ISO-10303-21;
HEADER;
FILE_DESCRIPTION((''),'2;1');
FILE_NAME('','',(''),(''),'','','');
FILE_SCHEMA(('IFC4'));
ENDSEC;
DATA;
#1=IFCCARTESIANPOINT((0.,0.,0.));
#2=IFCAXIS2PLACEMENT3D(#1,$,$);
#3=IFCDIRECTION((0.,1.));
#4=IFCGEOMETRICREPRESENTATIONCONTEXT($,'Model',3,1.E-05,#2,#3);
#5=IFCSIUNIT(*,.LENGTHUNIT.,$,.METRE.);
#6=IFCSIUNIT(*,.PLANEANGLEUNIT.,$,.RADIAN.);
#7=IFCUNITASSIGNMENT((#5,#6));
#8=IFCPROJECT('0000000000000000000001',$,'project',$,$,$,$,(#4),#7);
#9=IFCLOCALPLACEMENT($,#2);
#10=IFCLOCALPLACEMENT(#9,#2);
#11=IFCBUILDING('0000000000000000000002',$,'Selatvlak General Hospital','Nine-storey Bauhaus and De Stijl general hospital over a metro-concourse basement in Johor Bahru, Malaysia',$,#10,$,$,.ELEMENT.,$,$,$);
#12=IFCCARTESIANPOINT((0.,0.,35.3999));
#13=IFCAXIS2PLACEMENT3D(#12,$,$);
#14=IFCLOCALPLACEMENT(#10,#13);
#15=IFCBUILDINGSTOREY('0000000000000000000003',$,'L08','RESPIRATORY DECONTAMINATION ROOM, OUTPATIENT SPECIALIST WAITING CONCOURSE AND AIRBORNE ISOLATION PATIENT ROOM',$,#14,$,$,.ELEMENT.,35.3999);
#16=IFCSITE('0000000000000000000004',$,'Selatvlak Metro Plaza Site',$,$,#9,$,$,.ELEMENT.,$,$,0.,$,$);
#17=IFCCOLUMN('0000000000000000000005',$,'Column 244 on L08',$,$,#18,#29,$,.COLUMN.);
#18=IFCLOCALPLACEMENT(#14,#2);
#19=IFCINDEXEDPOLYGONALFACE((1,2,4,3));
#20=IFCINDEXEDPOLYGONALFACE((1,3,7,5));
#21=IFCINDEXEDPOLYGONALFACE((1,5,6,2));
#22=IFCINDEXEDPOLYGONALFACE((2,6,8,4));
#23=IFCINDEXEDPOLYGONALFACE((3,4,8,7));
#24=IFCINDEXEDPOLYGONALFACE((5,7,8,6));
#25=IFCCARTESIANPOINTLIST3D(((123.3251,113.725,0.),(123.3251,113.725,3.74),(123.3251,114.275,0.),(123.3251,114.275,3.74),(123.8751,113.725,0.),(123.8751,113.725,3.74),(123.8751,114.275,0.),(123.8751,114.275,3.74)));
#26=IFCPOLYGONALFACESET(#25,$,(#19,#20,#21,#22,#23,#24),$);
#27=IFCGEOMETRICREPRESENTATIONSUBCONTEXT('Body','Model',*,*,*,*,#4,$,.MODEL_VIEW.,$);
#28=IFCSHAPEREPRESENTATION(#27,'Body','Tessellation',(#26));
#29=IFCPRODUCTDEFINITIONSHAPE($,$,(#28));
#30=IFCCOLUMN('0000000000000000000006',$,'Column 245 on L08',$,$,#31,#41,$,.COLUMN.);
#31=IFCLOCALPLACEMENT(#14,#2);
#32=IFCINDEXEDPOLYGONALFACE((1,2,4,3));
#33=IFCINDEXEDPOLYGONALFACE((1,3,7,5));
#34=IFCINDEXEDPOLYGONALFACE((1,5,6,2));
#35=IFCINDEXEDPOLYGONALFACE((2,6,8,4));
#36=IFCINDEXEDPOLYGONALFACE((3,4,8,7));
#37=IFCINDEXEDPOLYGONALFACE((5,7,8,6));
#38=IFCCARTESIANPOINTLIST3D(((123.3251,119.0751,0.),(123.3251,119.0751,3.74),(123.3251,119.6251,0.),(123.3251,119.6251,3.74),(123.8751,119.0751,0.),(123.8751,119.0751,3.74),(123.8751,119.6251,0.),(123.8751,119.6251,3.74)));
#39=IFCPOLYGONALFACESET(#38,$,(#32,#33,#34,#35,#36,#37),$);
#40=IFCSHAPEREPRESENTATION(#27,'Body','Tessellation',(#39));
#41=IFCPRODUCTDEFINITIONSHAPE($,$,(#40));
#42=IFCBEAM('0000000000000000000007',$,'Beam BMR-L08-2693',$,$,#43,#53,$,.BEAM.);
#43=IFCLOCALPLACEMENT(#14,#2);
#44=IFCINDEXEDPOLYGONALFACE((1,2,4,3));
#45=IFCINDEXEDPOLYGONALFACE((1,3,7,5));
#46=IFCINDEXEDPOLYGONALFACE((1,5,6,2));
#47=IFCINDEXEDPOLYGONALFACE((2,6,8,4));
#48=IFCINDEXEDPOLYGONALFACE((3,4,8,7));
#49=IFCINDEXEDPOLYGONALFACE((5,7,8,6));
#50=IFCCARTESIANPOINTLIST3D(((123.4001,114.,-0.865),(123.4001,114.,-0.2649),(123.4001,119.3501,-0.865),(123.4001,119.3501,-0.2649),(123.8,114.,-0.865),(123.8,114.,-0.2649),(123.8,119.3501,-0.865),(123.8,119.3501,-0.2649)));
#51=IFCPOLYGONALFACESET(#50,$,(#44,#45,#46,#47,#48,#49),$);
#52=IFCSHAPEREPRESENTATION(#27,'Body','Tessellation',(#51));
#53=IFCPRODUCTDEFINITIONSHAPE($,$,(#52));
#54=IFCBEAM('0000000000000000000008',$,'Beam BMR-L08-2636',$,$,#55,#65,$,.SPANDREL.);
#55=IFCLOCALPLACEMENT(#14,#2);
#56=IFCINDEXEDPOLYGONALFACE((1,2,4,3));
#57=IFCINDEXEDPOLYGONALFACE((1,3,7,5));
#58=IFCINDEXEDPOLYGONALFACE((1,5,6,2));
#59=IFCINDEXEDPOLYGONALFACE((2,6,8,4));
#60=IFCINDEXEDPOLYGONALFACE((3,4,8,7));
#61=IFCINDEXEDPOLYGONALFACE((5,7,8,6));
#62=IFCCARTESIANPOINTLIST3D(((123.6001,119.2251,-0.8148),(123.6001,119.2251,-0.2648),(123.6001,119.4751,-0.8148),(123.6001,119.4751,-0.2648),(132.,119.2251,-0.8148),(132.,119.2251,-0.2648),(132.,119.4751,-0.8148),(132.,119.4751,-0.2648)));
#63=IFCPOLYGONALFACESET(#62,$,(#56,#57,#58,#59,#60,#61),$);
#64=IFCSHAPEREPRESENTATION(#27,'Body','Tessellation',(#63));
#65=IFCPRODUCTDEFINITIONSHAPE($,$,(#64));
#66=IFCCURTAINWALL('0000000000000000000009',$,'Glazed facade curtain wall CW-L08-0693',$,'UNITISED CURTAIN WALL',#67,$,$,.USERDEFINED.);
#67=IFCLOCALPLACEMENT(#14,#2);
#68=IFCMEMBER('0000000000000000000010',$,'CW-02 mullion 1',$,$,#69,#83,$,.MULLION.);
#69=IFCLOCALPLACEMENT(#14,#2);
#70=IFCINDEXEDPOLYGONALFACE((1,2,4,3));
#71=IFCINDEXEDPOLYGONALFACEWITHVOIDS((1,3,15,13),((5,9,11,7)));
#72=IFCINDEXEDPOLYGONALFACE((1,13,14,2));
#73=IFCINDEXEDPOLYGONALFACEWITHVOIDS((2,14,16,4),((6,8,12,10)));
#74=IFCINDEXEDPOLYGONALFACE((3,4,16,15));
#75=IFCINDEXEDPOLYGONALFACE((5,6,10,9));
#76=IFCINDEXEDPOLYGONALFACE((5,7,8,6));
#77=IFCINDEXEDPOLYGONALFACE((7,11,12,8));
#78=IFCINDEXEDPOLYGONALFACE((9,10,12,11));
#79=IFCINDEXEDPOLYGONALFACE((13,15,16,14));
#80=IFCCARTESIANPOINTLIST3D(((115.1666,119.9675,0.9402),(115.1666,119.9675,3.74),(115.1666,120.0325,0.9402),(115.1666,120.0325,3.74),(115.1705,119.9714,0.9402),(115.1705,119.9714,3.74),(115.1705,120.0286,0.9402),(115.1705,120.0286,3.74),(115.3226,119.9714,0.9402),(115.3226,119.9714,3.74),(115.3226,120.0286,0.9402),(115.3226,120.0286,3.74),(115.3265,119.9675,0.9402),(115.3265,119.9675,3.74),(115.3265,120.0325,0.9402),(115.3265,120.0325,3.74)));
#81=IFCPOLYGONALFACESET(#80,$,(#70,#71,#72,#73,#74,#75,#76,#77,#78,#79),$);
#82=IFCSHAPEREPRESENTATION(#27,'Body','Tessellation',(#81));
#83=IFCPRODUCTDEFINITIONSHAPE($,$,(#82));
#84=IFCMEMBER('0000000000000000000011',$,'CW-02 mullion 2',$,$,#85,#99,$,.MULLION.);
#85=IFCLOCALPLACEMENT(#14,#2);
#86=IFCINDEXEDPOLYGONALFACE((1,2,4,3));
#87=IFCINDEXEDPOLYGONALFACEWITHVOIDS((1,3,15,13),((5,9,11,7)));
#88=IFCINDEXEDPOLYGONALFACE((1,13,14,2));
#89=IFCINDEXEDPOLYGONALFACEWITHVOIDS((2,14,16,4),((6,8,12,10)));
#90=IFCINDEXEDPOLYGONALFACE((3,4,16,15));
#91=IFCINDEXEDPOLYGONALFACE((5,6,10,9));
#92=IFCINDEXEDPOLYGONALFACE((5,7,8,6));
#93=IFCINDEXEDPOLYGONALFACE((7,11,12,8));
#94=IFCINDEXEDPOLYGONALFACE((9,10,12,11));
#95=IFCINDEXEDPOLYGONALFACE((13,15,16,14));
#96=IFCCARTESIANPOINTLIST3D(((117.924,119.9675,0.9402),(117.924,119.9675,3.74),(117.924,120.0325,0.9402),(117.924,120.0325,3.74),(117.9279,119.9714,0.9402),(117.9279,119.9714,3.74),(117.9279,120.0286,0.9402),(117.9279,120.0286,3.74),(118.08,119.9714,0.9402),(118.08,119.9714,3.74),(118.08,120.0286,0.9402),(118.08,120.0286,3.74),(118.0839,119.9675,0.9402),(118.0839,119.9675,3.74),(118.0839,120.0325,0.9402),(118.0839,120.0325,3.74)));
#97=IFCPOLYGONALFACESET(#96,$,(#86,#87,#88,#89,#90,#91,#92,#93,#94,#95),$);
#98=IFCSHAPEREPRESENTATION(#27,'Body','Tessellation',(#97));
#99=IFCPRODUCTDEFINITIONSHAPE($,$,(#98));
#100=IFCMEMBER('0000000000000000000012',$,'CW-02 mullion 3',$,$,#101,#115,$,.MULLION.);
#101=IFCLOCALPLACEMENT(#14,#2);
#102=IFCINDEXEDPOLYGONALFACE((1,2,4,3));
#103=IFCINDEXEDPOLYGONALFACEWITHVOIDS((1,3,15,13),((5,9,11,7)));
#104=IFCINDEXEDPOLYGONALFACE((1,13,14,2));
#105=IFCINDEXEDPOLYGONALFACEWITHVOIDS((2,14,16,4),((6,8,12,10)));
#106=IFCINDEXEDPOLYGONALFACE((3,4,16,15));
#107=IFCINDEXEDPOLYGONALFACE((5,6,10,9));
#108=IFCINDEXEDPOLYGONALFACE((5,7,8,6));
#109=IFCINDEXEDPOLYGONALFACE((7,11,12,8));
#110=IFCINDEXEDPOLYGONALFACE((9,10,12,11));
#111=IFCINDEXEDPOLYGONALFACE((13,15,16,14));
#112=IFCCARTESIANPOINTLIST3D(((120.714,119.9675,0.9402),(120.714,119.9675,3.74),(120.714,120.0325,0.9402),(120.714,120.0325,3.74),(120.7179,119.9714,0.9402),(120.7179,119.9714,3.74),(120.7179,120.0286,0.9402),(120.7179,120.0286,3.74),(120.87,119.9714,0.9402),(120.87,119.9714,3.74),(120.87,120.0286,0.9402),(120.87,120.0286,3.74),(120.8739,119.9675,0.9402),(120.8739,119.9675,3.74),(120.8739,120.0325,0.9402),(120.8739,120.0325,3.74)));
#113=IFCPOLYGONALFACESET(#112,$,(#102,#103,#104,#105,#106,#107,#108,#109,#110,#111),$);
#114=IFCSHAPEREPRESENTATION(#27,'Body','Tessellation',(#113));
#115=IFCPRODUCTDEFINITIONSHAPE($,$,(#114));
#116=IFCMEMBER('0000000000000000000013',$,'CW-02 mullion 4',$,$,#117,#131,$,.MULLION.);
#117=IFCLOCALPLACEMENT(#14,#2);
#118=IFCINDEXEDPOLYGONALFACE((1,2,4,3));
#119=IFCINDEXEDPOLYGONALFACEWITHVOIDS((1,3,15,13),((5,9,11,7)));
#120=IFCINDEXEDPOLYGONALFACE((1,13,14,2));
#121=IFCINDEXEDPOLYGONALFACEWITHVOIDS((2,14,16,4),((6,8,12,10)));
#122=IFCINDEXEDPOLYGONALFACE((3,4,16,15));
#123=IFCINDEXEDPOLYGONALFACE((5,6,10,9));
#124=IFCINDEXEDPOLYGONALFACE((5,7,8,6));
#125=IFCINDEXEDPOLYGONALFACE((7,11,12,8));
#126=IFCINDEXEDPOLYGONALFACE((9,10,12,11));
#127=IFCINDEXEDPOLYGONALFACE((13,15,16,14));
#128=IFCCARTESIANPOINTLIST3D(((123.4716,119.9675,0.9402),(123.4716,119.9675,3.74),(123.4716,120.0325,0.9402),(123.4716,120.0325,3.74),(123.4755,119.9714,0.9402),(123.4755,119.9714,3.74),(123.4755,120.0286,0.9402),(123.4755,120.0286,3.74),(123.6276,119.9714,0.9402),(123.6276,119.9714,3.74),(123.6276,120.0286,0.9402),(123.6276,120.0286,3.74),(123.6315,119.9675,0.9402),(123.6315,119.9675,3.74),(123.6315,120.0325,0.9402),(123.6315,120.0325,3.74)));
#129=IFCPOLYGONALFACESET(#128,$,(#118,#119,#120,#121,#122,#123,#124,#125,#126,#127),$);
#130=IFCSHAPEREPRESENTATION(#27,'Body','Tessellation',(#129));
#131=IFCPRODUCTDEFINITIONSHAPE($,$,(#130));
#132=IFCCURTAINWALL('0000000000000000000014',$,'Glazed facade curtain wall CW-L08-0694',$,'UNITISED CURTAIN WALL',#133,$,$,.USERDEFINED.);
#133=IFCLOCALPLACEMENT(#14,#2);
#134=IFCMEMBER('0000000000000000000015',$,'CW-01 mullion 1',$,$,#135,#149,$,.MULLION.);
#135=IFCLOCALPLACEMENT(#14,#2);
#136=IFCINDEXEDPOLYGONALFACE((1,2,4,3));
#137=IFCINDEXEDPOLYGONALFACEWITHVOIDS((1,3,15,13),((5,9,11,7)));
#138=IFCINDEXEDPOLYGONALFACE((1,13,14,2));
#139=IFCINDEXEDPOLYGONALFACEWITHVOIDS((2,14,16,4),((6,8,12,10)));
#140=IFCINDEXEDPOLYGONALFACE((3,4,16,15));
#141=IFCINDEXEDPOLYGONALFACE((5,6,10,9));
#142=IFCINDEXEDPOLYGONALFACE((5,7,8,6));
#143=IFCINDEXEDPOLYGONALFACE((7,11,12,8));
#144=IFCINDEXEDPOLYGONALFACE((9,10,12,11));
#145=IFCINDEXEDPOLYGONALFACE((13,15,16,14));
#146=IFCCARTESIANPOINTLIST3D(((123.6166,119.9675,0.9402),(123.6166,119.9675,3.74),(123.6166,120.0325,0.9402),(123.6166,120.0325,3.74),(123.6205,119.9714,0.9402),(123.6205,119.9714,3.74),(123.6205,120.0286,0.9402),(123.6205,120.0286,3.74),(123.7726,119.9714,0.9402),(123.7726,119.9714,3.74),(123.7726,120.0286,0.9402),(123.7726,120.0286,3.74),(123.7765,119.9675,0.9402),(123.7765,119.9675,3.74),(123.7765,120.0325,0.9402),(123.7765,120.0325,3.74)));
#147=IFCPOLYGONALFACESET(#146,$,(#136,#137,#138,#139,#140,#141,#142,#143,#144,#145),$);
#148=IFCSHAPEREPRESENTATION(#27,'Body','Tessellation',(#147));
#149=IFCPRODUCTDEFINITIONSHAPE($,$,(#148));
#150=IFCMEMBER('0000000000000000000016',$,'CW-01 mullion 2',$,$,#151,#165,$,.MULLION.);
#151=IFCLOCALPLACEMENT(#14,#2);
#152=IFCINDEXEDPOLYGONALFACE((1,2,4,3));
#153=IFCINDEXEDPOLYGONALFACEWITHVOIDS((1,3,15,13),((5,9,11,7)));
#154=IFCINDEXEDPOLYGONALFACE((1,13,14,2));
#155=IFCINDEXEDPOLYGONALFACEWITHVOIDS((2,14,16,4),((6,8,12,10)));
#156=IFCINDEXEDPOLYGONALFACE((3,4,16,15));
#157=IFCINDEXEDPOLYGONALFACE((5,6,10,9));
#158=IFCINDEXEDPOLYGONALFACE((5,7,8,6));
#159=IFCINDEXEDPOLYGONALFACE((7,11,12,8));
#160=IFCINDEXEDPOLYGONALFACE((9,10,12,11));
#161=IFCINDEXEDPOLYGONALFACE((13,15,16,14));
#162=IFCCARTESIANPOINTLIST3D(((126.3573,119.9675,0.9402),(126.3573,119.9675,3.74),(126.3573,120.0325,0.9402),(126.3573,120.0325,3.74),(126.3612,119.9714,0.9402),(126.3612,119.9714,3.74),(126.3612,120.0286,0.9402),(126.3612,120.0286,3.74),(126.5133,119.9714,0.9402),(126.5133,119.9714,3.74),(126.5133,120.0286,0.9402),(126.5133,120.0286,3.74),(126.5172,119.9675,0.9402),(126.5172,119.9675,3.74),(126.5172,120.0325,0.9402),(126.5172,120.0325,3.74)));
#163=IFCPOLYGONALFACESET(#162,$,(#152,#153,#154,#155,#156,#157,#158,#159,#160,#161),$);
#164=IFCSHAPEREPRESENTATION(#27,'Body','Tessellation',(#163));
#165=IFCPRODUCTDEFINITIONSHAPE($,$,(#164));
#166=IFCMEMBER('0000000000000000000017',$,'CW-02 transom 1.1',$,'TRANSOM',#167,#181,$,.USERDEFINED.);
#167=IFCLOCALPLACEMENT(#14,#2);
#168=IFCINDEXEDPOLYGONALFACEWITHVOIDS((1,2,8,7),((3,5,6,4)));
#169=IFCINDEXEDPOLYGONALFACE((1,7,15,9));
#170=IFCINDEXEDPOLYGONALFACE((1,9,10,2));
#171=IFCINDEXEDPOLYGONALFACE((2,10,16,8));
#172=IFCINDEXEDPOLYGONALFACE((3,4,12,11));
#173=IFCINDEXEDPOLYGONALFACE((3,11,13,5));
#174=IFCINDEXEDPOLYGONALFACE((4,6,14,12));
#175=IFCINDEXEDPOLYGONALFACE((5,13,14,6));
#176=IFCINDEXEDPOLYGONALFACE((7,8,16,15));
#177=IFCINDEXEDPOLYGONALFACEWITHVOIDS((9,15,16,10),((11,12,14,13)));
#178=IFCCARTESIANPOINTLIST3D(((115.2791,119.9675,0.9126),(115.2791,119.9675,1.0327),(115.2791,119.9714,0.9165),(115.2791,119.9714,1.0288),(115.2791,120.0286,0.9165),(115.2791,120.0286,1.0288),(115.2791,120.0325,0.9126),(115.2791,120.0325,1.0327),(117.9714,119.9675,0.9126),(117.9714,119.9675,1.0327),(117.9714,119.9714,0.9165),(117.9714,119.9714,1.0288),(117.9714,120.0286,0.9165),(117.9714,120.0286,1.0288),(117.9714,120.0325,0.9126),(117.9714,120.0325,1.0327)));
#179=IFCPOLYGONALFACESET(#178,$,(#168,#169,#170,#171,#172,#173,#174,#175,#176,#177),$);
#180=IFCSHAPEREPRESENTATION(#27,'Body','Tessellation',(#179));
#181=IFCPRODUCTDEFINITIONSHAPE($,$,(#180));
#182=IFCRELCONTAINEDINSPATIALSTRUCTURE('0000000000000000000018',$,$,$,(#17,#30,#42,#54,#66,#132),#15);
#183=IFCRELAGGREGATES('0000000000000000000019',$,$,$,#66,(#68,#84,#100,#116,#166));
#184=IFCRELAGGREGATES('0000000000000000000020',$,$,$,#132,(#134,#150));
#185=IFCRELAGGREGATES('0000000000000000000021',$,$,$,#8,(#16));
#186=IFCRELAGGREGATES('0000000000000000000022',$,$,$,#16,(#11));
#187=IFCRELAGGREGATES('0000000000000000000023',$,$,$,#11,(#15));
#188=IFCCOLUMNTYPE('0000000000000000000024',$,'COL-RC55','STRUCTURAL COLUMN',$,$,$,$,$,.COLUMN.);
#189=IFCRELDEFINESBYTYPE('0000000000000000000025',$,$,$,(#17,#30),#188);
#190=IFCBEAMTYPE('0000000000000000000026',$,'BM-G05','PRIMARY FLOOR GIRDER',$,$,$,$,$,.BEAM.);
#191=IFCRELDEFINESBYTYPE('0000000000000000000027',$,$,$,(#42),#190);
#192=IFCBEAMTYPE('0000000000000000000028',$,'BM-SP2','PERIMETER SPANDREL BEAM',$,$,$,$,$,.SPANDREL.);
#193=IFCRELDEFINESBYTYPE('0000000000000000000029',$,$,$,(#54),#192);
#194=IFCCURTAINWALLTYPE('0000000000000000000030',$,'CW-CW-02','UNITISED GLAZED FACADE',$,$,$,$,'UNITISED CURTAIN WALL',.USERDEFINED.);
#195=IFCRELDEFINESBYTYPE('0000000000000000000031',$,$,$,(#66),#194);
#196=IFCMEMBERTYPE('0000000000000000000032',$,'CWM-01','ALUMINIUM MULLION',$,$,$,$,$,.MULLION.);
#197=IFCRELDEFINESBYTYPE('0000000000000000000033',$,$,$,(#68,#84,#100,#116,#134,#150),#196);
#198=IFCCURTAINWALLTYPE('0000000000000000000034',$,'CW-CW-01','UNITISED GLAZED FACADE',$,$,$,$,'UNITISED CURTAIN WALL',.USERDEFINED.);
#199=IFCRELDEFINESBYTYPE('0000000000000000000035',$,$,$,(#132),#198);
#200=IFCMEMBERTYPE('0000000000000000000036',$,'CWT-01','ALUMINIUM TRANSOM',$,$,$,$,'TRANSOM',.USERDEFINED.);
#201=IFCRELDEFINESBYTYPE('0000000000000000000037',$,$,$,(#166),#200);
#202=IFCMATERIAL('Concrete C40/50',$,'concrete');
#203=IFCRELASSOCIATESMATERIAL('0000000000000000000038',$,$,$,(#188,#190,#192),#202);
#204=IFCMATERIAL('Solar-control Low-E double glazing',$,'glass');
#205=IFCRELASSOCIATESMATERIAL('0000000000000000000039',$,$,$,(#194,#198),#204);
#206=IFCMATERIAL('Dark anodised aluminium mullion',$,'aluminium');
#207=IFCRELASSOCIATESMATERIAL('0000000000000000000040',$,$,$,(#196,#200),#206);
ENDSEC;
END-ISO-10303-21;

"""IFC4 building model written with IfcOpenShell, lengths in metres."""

from ifc_helpers import new_model, si_unit, direction, frame, origin, origin_2d, place, context, subcontext, project, spatial, rectangle, hollow_rectangle, extrude, material, material_profile, profile_set, type_object, element, aggregate, save


model = new_model("IFC4")

# Units and contexts
model_context = context("Model", 3, precision=1e-05, world=origin(), true_north=direction((0.0, 1.0)))
body_context = subcontext(model_context, "Body", "Model", "MODEL_VIEW")
ifc_project = project(units=[si_unit("LENGTHUNIT", "METRE"), si_unit("PLANEANGLEUNIT", "RADIAN")], contexts=[model_context])

# Site, building, storey
site_placement = place(None, origin())
site = spatial("IfcSite", under=ifc_project, at=site_placement, Name="Selatvlak Metro Plaza Site", CompositionType="ELEMENT", RefElevation=0.0)
building_placement = place(site_placement, origin())
building = spatial("IfcBuilding", under=site, at=building_placement, Name="Selatvlak General Hospital", Description="Nine-storey Bauhaus and De Stijl general hospital over a metro-concourse basement in Johor Bahru, Malaysia", CompositionType="ELEMENT")
storey_placement = place(building_placement, frame((0.0, 0.0, 35.3999)))
storey = spatial("IfcBuildingStorey", under=building, at=storey_placement, Name="L08", Description="RESPIRATORY DECONTAMINATION ROOM, OUTPATIENT SPECIALIST WAITING CONCOURSE AND AIRBORNE ISOLATION PATIENT ROOM", CompositionType="ELEMENT", Elevation=35.3999)

# Columns
ifc_material_1 = material(Name="Concrete C40/50", Category="concrete")
ifc_material_profile_1 = material_profile(ifc_material_1, rectangle(XDim=0.55, YDim=0.55, at=origin_2d()), Name="RC-COL 550x550")
ifc_profile_set_1 = profile_set([ifc_material_profile_1], Name="Concrete C40/50")
column_type = type_object("IfcColumnType", Name="COL-RC55", Description="STRUCTURAL COLUMN", PredefinedType="COLUMN", material=ifc_profile_set_1)
for number, where, z_axis, x_axis, name in (
    (1, (123.6001, 114.0, 0.0), (0.0, 0.0, 1.0), (1.0, 0.0, 0.0), "Column 244 on L08"),
    (2, (123.6001, 119.3501, 0.0), (0.0, 0.0, 1.0), (1.0, 0.0, 0.0), "Column 245 on L08"),
):
    element("IfcColumn", number, at=place(storey_placement, frame(where, z_axis=z_axis, x_axis=x_axis)), inside=storey, type_object=column_type, Name=name, PredefinedType="COLUMN", context=body_context, shape_type="SweptSolid", body=[
        extrude(rectangle(XDim=0.55, YDim=0.55, at=origin_2d()), origin(), (0.0, 0.0, 1.0), 3.74),
    ])

# Beams
ifc_material_profile_2 = material_profile(ifc_material_1, rectangle(XDim=0.3999, YDim=0.6001, at=origin_2d()), Name="RC-BM 400x600")
ifc_profile_set_2 = profile_set([ifc_material_profile_2], Name="Concrete C40/50")
beam_type_1 = type_object("IfcBeamType", Name="BM-G05", Description="PRIMARY FLOOR GIRDER", PredefinedType="BEAM", material=ifc_profile_set_2)
beam_1_placement = place(storey_placement, frame((123.6001, 114.0, -0.5649), z_axis=(0.0, 1.0, 0.0), x_axis=(-1.0, 0.0, 0.0)))
element("IfcBeam", 3, at=beam_1_placement, inside=storey, type_object=beam_type_1, Name="Beam BMR-L08-2693", PredefinedType="BEAM", context=body_context, shape_type="SweptSolid", body=[
    extrude(rectangle(XDim=0.3999, YDim=0.6001, at=origin_2d()), origin(), (0.0, 0.0, 1.0), 5.3501),
])
ifc_material_profile_3 = material_profile(ifc_material_1, rectangle(XDim=0.25, YDim=0.55, at=origin_2d()), Name="RC-SP 250x550")
ifc_profile_set_3 = profile_set([ifc_material_profile_3], Name="Concrete C40/50")
beam_type_2 = type_object("IfcBeamType", Name="BM-SP2", Description="PERIMETER SPANDREL BEAM", PredefinedType="SPANDREL", material=ifc_profile_set_3)
beam_2_placement = place(storey_placement, frame((123.6001, 119.3501, -0.5398), z_axis=(1.0, 0.0, 0.0), x_axis=(0.0, 1.0, 0.0)))
element("IfcBeam", 4, at=beam_2_placement, inside=storey, type_object=beam_type_2, Name="Beam BMR-L08-2636", PredefinedType="SPANDREL", context=body_context, shape_type="SweptSolid", body=[
    extrude(rectangle(XDim=0.25, YDim=0.55, at=origin_2d()), origin(), (0.0, 0.0, 1.0), 8.3999),
])

# Curtain walls, members
ifc_material_2 = material(Name="Solar-control Low-E double glazing", Category="glass")
curtain_wall_type_1 = type_object("IfcCurtainWallType", Name="CW-CW-02", Description="UNITISED GLAZED FACADE", ElementType="UNITISED CURTAIN WALL", PredefinedType="USERDEFINED", material=ifc_material_2)
curtain_wall_1_placement = place(storey_placement, origin())
curtain_wall_1 = element("IfcCurtainWall", 5, at=curtain_wall_1_placement, inside=storey, type_object=curtain_wall_type_1, Name="Glazed facade curtain wall CW-L08-0693", ObjectType="UNITISED CURTAIN WALL", PredefinedType="USERDEFINED")
ifc_material_3 = material(Name="Dark anodised aluminium mullion", Category="aluminium")
ifc_material_profile_4 = material_profile(ifc_material_3, hollow_rectangle(XDim=0.0649, YDim=0.1599, WallThickness=0.0039, at=origin_2d()), Name="AL-MUL 65x160x4")
ifc_profile_set_4 = profile_set([ifc_material_profile_4], Name="Dark anodised aluminium mullion")
member_type_1 = type_object("IfcMemberType", Name="CWM-01", Description="ALUMINIUM MULLION", PredefinedType="MULLION", material=ifc_profile_set_4)
member_1_placement = place(storey_placement, frame((115.2466, 120.0, 0.9402), z_axis=(0.0, 0.0, 1.0), x_axis=(0.0, 1.0, 0.0)))
member_1 = element("IfcMember", 6, at=member_1_placement, type_object=member_type_1, Name="CW-02 mullion 1", PredefinedType="MULLION", context=body_context, shape_type="SweptSolid", body=[
    extrude(hollow_rectangle(XDim=0.0649, YDim=0.1599, WallThickness=0.0039, at=origin_2d()), origin(), (0.0, 0.0, 1.0), 2.7998),
])
member_2_placement = place(storey_placement, frame((118.0039, 120.0, 0.9402), z_axis=(0.0, 0.0, 1.0), x_axis=(0.0, 1.0, 0.0)))
member_2 = element("IfcMember", 7, at=member_2_placement, type_object=member_type_1, Name="CW-02 mullion 2", PredefinedType="MULLION", context=body_context, shape_type="SweptSolid", body=[
    extrude(hollow_rectangle(XDim=0.0649, YDim=0.1599, WallThickness=0.0039, at=origin_2d()), origin(), (0.0, 0.0, 1.0), 2.7998),
])
member_3_placement = place(storey_placement, frame((120.7939, 120.0, 0.9402), z_axis=(0.0, 0.0, 1.0), x_axis=(0.0, 1.0, 0.0)))
member_3 = element("IfcMember", 8, at=member_3_placement, type_object=member_type_1, Name="CW-02 mullion 3", PredefinedType="MULLION", context=body_context, shape_type="SweptSolid", body=[
    extrude(hollow_rectangle(XDim=0.0649, YDim=0.1599, WallThickness=0.0039, at=origin_2d()), origin(), (0.0, 0.0, 1.0), 2.7998),
])
member_4_placement = place(storey_placement, frame((123.5515, 120.0, 0.9402), z_axis=(0.0, 0.0, 1.0), x_axis=(0.0, 1.0, 0.0)))
member_4 = element("IfcMember", 9, at=member_4_placement, type_object=member_type_1, Name="CW-02 mullion 4", PredefinedType="MULLION", context=body_context, shape_type="SweptSolid", body=[
    extrude(hollow_rectangle(XDim=0.0649, YDim=0.1599, WallThickness=0.0039, at=origin_2d()), origin(), (0.0, 0.0, 1.0), 2.7998),
])
curtain_wall_type_2 = type_object("IfcCurtainWallType", Name="CW-CW-01", Description="UNITISED GLAZED FACADE", ElementType="UNITISED CURTAIN WALL", PredefinedType="USERDEFINED", material=ifc_material_2)
curtain_wall_2_placement = place(storey_placement, origin())
curtain_wall_2 = element("IfcCurtainWall", 10, at=curtain_wall_2_placement, inside=storey, type_object=curtain_wall_type_2, Name="Glazed facade curtain wall CW-L08-0694", ObjectType="UNITISED CURTAIN WALL", PredefinedType="USERDEFINED")
member_5_placement = place(storey_placement, frame((123.6965, 120.0, 0.9402), z_axis=(0.0, 0.0, 1.0), x_axis=(0.0, 1.0, 0.0)))
member_5 = element("IfcMember", 11, at=member_5_placement, type_object=member_type_1, Name="CW-01 mullion 1", PredefinedType="MULLION", context=body_context, shape_type="SweptSolid", body=[
    extrude(hollow_rectangle(XDim=0.0649, YDim=0.1599, WallThickness=0.0039, at=origin_2d()), origin(), (0.0, 0.0, 1.0), 2.7998),
])
member_6_placement = place(storey_placement, frame((126.4373, 120.0, 0.9402), z_axis=(0.0, 0.0, 1.0), x_axis=(0.0, 1.0, 0.0)))
member_6 = element("IfcMember", 12, at=member_6_placement, type_object=member_type_1, Name="CW-01 mullion 2", PredefinedType="MULLION", context=body_context, shape_type="SweptSolid", body=[
    extrude(hollow_rectangle(XDim=0.0649, YDim=0.1599, WallThickness=0.0039, at=origin_2d()), origin(), (0.0, 0.0, 1.0), 2.7998),
])

# Member
ifc_material_profile_5 = material_profile(ifc_material_3, hollow_rectangle(XDim=0.0649, YDim=0.1201, WallThickness=0.0039, at=origin_2d()), Name="AL-TRN 65x120x4")
ifc_profile_set_5 = profile_set([ifc_material_profile_5], Name="Dark anodised aluminium mullion")
member_type_2 = type_object("IfcMemberType", Name="CWT-01", Description="ALUMINIUM TRANSOM", ElementType="TRANSOM", PredefinedType="USERDEFINED", material=ifc_profile_set_5)
member_7_placement = place(storey_placement, frame((115.2791, 120.0, 0.9727), z_axis=(1.0, 0.0, 0.0), x_axis=(0.0, 1.0, 0.0)))
member_7 = element("IfcMember", 13, at=member_7_placement, type_object=member_type_2, Name="CW-02 transom 1.1", ObjectType="TRANSOM", PredefinedType="USERDEFINED", context=body_context, shape_type="SweptSolid", body=[
    extrude(hollow_rectangle(XDim=0.0649, YDim=0.1201, WallThickness=0.0039, at=origin_2d()), origin(), (0.0, 0.0, 1.0), 2.6924),
])

aggregate(curtain_wall_1, [member_1, member_2, member_3, member_4, member_7])
aggregate(curtain_wall_2, [member_5, member_6])

save(model, "model.ifc")
